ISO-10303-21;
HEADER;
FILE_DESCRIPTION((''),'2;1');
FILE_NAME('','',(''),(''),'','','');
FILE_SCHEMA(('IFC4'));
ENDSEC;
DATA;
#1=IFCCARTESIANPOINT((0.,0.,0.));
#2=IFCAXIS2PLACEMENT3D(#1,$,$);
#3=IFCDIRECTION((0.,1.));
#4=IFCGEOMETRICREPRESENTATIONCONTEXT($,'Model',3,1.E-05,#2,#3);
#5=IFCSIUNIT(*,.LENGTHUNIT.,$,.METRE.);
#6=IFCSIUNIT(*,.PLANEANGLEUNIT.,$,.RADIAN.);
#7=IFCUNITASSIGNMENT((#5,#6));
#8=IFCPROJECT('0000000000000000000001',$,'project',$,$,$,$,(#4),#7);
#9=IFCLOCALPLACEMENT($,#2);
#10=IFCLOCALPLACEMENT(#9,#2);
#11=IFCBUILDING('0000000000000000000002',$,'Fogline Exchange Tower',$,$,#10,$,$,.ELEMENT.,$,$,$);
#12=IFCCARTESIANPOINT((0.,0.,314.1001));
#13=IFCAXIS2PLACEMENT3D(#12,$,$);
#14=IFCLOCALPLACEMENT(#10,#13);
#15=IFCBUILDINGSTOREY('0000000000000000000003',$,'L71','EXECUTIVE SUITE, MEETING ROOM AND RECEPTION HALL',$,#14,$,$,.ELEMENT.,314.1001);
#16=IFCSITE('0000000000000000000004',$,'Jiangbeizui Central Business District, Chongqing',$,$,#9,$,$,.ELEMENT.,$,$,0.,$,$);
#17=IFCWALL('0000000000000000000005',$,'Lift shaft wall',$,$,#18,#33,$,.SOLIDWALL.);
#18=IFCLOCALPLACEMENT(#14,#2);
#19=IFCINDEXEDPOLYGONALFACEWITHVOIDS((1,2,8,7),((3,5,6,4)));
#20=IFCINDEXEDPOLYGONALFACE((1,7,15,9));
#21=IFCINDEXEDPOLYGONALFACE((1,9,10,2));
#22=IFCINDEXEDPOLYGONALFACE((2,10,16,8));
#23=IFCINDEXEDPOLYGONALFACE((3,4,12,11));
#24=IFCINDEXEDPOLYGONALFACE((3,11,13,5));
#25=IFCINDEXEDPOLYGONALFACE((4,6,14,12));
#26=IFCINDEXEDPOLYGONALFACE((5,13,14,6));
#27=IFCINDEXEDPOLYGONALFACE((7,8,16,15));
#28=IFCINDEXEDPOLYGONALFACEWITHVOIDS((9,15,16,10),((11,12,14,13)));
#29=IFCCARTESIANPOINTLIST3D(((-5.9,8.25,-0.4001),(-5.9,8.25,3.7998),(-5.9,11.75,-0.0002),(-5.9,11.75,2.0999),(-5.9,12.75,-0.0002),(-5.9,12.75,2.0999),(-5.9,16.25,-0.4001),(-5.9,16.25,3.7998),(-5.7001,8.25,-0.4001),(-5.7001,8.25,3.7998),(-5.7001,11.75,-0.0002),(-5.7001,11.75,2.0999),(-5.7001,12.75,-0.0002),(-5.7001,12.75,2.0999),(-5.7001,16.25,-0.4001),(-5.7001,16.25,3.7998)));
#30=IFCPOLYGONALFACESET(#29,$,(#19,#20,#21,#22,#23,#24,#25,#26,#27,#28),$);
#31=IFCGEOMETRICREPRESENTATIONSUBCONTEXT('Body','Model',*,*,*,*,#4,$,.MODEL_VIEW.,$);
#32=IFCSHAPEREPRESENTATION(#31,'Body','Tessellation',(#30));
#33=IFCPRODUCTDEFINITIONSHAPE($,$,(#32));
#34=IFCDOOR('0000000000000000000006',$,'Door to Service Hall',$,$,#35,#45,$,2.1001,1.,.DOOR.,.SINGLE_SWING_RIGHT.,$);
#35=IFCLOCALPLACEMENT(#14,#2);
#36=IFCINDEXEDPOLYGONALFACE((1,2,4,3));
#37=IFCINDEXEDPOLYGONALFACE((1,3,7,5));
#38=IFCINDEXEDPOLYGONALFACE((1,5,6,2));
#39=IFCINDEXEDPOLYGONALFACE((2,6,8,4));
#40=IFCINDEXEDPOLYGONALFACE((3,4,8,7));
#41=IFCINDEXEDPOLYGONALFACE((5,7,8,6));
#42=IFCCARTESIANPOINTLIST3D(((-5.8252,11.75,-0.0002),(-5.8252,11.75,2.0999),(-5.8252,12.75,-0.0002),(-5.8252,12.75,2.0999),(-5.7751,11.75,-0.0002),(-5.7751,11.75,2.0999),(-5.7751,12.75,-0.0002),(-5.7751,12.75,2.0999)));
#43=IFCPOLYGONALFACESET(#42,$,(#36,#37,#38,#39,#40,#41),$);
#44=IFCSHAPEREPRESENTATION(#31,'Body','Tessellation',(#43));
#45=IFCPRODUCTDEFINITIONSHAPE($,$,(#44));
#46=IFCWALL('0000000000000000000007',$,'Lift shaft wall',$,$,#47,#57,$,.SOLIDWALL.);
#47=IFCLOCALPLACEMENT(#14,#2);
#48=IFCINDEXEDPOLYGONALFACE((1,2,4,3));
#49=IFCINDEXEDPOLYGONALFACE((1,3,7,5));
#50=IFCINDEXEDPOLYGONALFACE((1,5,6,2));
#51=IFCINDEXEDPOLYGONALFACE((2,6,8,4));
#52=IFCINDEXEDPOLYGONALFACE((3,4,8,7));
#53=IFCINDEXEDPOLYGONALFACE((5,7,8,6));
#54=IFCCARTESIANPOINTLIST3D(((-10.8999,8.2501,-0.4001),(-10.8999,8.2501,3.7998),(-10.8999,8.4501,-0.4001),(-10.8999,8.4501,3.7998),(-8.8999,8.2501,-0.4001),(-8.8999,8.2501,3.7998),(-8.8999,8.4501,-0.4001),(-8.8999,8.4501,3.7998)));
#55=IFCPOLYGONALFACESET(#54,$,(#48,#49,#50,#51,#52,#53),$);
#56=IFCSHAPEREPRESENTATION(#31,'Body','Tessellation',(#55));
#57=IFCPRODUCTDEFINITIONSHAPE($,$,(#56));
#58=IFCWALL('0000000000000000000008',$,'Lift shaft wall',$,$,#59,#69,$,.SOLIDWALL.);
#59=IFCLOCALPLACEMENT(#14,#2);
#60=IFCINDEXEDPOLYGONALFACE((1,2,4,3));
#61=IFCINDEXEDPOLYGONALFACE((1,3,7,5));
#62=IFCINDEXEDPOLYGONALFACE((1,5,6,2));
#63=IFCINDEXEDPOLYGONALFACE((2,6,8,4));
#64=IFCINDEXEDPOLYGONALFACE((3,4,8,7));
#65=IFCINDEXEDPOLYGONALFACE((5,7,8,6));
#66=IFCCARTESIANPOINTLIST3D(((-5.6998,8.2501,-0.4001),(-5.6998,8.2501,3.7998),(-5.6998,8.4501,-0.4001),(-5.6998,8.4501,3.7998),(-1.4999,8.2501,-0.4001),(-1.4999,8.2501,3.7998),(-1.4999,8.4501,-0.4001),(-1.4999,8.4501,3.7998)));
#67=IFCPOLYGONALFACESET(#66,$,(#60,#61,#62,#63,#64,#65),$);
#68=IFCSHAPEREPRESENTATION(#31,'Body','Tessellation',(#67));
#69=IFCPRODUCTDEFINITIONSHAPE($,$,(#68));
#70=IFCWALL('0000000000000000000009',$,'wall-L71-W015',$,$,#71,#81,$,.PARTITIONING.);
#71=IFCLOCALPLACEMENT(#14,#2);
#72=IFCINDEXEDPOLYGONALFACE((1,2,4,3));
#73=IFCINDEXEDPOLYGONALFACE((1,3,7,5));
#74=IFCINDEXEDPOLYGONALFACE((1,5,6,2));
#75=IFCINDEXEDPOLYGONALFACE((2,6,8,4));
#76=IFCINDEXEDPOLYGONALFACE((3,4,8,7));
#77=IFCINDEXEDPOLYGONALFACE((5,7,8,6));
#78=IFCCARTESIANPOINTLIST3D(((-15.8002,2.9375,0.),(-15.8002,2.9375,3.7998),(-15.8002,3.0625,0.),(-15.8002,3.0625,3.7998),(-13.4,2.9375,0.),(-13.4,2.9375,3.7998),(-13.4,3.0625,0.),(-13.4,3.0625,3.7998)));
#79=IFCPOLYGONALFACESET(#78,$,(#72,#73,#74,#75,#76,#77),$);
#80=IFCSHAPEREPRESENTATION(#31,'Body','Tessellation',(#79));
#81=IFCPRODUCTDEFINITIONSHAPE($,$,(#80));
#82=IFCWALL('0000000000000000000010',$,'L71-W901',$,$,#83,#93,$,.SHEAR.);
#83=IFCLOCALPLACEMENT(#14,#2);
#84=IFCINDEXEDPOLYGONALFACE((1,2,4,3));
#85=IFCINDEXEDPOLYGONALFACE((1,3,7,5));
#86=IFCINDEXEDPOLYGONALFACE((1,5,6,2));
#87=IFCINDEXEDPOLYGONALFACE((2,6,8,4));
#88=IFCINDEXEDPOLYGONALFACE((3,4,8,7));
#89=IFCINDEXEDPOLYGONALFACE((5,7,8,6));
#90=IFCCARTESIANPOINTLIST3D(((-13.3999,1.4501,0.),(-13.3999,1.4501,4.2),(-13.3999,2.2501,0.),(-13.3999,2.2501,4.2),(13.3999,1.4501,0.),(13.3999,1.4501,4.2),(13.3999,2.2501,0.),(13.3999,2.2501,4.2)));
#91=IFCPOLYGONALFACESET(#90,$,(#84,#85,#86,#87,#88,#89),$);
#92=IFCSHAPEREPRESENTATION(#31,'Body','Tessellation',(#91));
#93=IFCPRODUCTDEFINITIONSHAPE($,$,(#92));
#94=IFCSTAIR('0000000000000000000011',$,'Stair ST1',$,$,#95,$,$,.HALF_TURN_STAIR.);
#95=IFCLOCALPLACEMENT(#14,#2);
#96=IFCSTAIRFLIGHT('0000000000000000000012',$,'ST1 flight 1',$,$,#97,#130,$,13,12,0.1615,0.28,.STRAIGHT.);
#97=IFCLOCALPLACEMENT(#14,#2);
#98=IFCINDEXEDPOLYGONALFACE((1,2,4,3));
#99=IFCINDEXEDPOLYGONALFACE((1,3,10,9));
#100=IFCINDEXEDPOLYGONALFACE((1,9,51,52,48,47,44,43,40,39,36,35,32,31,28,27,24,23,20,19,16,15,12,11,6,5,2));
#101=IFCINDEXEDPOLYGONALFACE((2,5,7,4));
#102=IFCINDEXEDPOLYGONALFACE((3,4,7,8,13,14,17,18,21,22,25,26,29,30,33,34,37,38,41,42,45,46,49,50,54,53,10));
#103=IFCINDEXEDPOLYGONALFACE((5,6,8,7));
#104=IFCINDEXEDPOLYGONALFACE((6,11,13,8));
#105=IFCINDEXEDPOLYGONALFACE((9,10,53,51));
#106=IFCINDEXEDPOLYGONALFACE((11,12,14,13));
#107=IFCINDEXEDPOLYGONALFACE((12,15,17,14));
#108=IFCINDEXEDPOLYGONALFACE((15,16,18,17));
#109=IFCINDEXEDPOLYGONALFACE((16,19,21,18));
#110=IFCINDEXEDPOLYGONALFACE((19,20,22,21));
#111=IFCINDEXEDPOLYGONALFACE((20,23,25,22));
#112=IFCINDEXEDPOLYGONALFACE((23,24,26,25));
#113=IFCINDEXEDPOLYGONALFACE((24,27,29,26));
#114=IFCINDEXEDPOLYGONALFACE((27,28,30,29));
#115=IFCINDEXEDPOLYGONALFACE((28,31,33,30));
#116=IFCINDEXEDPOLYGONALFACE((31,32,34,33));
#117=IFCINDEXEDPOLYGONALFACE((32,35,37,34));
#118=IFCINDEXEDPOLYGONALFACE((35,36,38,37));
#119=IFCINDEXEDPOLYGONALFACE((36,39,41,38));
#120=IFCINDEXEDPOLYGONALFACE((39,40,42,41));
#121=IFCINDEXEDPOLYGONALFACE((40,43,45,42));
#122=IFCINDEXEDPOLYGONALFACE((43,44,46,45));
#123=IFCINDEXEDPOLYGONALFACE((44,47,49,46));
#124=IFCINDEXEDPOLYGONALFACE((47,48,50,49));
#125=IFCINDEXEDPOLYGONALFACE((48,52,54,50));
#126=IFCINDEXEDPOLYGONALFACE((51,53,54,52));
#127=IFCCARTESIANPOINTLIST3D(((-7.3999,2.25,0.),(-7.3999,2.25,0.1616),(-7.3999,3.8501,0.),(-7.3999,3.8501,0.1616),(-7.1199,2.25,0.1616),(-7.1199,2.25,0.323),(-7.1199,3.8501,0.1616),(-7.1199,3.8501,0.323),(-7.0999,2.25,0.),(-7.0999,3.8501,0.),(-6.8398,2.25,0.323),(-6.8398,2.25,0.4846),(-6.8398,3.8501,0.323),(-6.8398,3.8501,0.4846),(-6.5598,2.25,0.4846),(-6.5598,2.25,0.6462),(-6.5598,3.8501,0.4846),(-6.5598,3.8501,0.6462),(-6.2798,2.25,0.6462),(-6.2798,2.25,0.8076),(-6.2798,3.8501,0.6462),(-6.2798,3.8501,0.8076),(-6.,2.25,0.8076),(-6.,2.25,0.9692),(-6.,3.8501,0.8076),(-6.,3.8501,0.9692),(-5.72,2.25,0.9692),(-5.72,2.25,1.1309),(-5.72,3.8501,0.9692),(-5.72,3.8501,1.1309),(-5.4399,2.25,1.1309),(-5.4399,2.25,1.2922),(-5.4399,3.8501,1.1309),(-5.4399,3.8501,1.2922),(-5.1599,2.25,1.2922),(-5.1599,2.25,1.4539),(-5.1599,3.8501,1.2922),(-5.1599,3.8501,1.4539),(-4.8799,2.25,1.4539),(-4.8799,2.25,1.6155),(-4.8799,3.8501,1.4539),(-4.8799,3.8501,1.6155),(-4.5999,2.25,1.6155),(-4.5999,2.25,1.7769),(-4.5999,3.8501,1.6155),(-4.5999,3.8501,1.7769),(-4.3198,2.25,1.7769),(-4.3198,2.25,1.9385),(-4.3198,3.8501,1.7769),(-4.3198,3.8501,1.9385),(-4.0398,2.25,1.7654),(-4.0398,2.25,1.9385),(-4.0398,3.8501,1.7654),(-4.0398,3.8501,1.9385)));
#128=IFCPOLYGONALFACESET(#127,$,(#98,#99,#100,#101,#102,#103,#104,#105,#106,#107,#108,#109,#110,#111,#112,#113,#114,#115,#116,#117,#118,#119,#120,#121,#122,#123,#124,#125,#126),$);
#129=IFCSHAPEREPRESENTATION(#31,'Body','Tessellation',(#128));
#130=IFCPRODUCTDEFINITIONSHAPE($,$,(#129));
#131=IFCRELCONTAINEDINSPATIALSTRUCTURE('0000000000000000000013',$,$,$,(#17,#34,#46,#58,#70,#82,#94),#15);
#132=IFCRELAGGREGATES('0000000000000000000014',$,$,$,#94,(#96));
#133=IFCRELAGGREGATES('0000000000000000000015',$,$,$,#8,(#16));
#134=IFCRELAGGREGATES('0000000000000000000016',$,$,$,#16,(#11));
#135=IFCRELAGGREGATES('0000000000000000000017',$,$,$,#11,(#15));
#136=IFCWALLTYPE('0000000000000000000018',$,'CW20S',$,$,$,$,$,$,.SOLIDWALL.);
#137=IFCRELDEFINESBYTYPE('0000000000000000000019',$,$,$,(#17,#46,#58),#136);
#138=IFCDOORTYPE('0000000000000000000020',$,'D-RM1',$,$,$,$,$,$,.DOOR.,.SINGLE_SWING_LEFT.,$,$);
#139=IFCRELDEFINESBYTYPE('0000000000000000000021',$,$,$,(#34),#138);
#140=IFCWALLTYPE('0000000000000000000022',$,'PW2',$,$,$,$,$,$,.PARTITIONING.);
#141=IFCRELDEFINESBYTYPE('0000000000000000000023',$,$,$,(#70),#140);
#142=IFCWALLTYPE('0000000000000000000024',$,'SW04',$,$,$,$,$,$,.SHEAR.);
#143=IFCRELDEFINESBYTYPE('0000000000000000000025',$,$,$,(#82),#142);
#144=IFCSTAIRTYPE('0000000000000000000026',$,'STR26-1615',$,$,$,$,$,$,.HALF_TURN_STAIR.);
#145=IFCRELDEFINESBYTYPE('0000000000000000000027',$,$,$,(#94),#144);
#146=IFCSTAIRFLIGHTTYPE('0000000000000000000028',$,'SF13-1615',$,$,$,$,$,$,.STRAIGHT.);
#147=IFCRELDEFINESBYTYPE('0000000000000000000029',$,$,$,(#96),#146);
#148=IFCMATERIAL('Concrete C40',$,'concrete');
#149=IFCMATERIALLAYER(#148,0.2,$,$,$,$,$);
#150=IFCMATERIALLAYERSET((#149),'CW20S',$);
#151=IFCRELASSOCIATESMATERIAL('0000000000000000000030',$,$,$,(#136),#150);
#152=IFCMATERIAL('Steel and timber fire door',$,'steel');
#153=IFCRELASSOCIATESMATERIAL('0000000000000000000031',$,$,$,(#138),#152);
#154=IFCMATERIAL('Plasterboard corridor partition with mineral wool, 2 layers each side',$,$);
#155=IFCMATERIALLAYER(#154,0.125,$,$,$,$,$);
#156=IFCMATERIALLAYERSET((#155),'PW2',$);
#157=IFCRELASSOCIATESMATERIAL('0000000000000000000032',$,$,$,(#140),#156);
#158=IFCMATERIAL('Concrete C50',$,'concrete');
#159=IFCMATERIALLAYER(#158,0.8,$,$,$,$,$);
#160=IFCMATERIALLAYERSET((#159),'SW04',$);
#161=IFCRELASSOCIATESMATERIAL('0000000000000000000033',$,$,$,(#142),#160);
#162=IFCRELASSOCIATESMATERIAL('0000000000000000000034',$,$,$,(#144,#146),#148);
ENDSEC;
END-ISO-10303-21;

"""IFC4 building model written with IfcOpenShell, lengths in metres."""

from ifc_helpers import new_model, si_unit, direction, frame, frame_2d, origin, place, context, subcontext, project, spatial, polyline, rectangle, outline, extrude, material, layer, layer_set, type_object, element, fill, aggregate, save


model = new_model("IFC4")

# Units and contexts
model_context = context("Model", 3, precision=1e-05, world=origin(), true_north=direction((0.0, 1.0)))
body_context = subcontext(model_context, "Body", "Model", "MODEL_VIEW")
ifc_project = project(units=[si_unit("LENGTHUNIT", "METRE"), si_unit("PLANEANGLEUNIT", "RADIAN")], contexts=[model_context])

# Site, building, storey
site_placement = place(None, origin())
site = spatial("IfcSite", under=ifc_project, at=site_placement, Name="Jiangbeizui Central Business District, Chongqing", CompositionType="ELEMENT", RefElevation=0.0)
building_placement = place(site_placement, origin())
building = spatial("IfcBuilding", under=site, at=building_placement, Name="Fogline Exchange Tower", CompositionType="ELEMENT")
storey_placement = place(building_placement, frame((0.0, 0.0, 314.1001)))
storey = spatial("IfcBuildingStorey", under=building, at=storey_placement, Name="L71", Description="EXECUTIVE SUITE, MEETING ROOM AND RECEPTION HALL", CompositionType="ELEMENT", Elevation=314.1001)

# Shared definitions
ifc_material_1 = material(Name="Steel and timber fire door", Category="steel")

# Shared definitions
ifc_material_2 = material(Name="Concrete C40", Category="concrete")

# Wall, opening, door
ifc_layer_1 = layer(ifc_material_2, 0.2)
ifc_layer_set_1 = layer_set([ifc_layer_1], Name="CW20S")
wall_type_1 = type_object("IfcWallType", Name="CW20S", PredefinedType="SOLIDWALL", material=ifc_layer_set_1)
door_type_1 = type_object("IfcDoorType", Name="D-RM1", OperationType="SINGLE_SWING_LEFT", PredefinedType="DOOR", material=ifc_material_1)
wall_1_placement = place(storey_placement, frame((-5.8, 8.25, -0.4001), z_axis=(0.0, 0.0, 1.0), x_axis=(0.0, 1.0, 0.0)))
wall_1 = element("IfcWall", 1, at=wall_1_placement, inside=storey, type_object=wall_type_1, Name="Lift shaft wall", PredefinedType="SOLIDWALL", context=body_context, shape_type="SweptSolid", body=[
    extrude(rectangle(XDim=8.0, YDim=0.2, at=frame_2d((4.0, 0.0))), origin(), (0.0, 0.0, 1.0), 4.2),
])
opening_1_placement = place(wall_1_placement, frame((3.5, 0.0, 0.3999)))
opening_1 = element("IfcOpeningElement", 2, at=opening_1_placement, cuts=wall_1, PredefinedType="OPENING", context=body_context, shape_type="SweptSolid", body=[
    extrude(rectangle(XDim=1.0, YDim=2.1001, at=frame_2d((0.5, 1.05))), frame((0.0, 0.1099, 0.0), z_axis=(0.0, -1.0, 0.0), x_axis=(1.0, 0.0, 0.0)), (0.0, 0.0, 1.0), 0.22),
])
door_1_placement = place(opening_1_placement, frame((1.0, 0.0, 0.0), z_axis=(0.0, 0.0, 1.0), x_axis=(-1.0, 0.0, 0.0)))
door_1 = element("IfcDoor", 3, at=door_1_placement, inside=storey, type_object=door_type_1, Name="Door to Service Hall", OperationType="SINGLE_SWING_RIGHT", OverallHeight=2.1001, OverallWidth=1.0, PredefinedType="DOOR", context=body_context, shape_type="SweptSolid", body=[
    extrude(rectangle(XDim=1.0, YDim=2.1001, at=frame_2d((0.5, 1.05))), frame((0.0, 0.0249, 0.0), z_axis=(0.0, -1.0, 0.0), x_axis=(1.0, 0.0, 0.0)), (0.0, 0.0, 1.0), 0.05),
])
fill(opening_1, door_1)

# Walls
wall_2_placement = place(storey_placement, frame((-10.8999, 8.3501, -0.4001), z_axis=(0.0, 0.0, 1.0), x_axis=(1.0, 0.0, 0.0)))
element("IfcWall", 4, at=wall_2_placement, inside=storey, type_object=wall_type_1, Name="Lift shaft wall", PredefinedType="SOLIDWALL", context=body_context, shape_type="SweptSolid", body=[
    extrude(rectangle(XDim=2.0, YDim=0.2, at=frame_2d((1.0, 0.0))), origin(), (0.0, 0.0, 1.0), 4.2),
])
wall_3_placement = place(storey_placement, frame((-5.7, 8.3501, -0.4001), z_axis=(0.0, 0.0, 1.0), x_axis=(1.0, 0.0, 0.0)))
element("IfcWall", 5, at=wall_3_placement, inside=storey, type_object=wall_type_1, Name="Lift shaft wall", PredefinedType="SOLIDWALL", context=body_context, shape_type="SweptSolid", body=[
    extrude(rectangle(XDim=4.2, YDim=0.2, at=frame_2d((2.1001, 0.0))), origin(), (0.0, 0.0, 1.0), 4.2),
])
ifc_material_3 = material(Name="Plasterboard corridor partition with mineral wool, 2 layers each side")
ifc_layer_2 = layer(ifc_material_3, 0.125)
ifc_layer_set_2 = layer_set([ifc_layer_2], Name="PW2")
wall_type_2 = type_object("IfcWallType", Name="PW2", PredefinedType="PARTITIONING", material=ifc_layer_set_2)
wall_4_placement = place(storey_placement, frame((-13.3999, 3.0, 0.0), z_axis=(0.0, 0.0, 1.0), x_axis=(-1.0, 0.0, 0.0)))
element("IfcWall", 6, at=wall_4_placement, inside=storey, type_object=wall_type_2, Name="wall-L71-W015", PredefinedType="PARTITIONING", context=body_context, shape_type="SweptSolid", body=[
    extrude(rectangle(XDim=2.4001, YDim=0.125, at=frame_2d((1.2002, 0.0))), origin(), (0.0, 0.0, 1.0), 3.7998),
])
ifc_material_4 = material(Name="Concrete C50", Category="concrete")
ifc_layer_3 = layer(ifc_material_4, 0.8)
ifc_layer_set_3 = layer_set([ifc_layer_3], Name="SW04")
wall_type_3 = type_object("IfcWallType", Name="SW04", PredefinedType="SHEAR", material=ifc_layer_set_3)
wall_5_placement = place(storey_placement, frame((-13.3999, 1.8501, 0.0), z_axis=(0.0, 0.0, 1.0), x_axis=(1.0, 0.0, 0.0)))
element("IfcWall", 7, at=wall_5_placement, inside=storey, type_object=wall_type_3, Name="L71-W901", PredefinedType="SHEAR", context=body_context, shape_type="SweptSolid", body=[
    extrude(rectangle(XDim=26.7998, YDim=0.8, at=frame_2d((13.3999, 0.0))), origin(), (0.0, 0.0, 1.0), 4.2),
])

# Stair, stair flight
stair_type = type_object("IfcStairType", Name="STR26-1615", PredefinedType="HALF_TURN_STAIR", material=ifc_material_2)
stair_placement = place(storey_placement, origin())
stair = element("IfcStair", 8, at=stair_placement, inside=storey, type_object=stair_type, Name="Stair ST1", PredefinedType="HALF_TURN_STAIR")
stair_flight_type = type_object("IfcStairFlightType", Name="SF13-1615", PredefinedType="STRAIGHT", material=ifc_material_2)
stair_flight_placement = place(storey_placement, frame((-7.3999, 3.05, 0.0), z_axis=(0.0, 0.0, 1.0), x_axis=(1.0, 0.0, 0.0)))
stair_flight = element("IfcStairFlight", 9, at=stair_flight_placement, type_object=stair_flight_type, Name="ST1 flight 1", NumberOfRisers=13, NumberOfTreads=12, PredefinedType="STRAIGHT", RiserHeight=0.1615, TreadLength=0.28, context=body_context, shape_type="SweptSolid", body=[
    extrude(outline(polyline([(0.0, 0.0), (0.0, 0.1616), (0.28, 0.1616), (0.28, 0.323), (0.5601, 0.323), (0.5601, 0.4846), (0.8401, 0.4846), (0.8401, 0.6462), (1.1201, 0.6462), (1.1201, 0.8076), (1.3999, 0.8076), (1.3999, 0.9692), (1.6799, 0.9692), (1.6799, 1.1309), (1.96, 1.1309), (1.96, 1.2922), (2.24, 1.2922), (2.24, 1.4539), (2.52, 1.4539), (2.52, 1.6155), (2.8, 1.6155), (2.8, 1.7769), (3.0801, 1.7769), (3.0801, 1.9385), (3.3601, 1.9385), (3.3601, 2.1001), (3.3601, 1.7654), (0.3, 0.0), (0.0, 0.0)])), frame((0.0, 0.8, 0.0), z_axis=(0.0, -1.0, 0.0), x_axis=(1.0, 0.0, 0.0)), (0.0, 0.0, 1.0), 1.6001),
])
aggregate(stair, [stair_flight])

save(model, "model.ifc")
